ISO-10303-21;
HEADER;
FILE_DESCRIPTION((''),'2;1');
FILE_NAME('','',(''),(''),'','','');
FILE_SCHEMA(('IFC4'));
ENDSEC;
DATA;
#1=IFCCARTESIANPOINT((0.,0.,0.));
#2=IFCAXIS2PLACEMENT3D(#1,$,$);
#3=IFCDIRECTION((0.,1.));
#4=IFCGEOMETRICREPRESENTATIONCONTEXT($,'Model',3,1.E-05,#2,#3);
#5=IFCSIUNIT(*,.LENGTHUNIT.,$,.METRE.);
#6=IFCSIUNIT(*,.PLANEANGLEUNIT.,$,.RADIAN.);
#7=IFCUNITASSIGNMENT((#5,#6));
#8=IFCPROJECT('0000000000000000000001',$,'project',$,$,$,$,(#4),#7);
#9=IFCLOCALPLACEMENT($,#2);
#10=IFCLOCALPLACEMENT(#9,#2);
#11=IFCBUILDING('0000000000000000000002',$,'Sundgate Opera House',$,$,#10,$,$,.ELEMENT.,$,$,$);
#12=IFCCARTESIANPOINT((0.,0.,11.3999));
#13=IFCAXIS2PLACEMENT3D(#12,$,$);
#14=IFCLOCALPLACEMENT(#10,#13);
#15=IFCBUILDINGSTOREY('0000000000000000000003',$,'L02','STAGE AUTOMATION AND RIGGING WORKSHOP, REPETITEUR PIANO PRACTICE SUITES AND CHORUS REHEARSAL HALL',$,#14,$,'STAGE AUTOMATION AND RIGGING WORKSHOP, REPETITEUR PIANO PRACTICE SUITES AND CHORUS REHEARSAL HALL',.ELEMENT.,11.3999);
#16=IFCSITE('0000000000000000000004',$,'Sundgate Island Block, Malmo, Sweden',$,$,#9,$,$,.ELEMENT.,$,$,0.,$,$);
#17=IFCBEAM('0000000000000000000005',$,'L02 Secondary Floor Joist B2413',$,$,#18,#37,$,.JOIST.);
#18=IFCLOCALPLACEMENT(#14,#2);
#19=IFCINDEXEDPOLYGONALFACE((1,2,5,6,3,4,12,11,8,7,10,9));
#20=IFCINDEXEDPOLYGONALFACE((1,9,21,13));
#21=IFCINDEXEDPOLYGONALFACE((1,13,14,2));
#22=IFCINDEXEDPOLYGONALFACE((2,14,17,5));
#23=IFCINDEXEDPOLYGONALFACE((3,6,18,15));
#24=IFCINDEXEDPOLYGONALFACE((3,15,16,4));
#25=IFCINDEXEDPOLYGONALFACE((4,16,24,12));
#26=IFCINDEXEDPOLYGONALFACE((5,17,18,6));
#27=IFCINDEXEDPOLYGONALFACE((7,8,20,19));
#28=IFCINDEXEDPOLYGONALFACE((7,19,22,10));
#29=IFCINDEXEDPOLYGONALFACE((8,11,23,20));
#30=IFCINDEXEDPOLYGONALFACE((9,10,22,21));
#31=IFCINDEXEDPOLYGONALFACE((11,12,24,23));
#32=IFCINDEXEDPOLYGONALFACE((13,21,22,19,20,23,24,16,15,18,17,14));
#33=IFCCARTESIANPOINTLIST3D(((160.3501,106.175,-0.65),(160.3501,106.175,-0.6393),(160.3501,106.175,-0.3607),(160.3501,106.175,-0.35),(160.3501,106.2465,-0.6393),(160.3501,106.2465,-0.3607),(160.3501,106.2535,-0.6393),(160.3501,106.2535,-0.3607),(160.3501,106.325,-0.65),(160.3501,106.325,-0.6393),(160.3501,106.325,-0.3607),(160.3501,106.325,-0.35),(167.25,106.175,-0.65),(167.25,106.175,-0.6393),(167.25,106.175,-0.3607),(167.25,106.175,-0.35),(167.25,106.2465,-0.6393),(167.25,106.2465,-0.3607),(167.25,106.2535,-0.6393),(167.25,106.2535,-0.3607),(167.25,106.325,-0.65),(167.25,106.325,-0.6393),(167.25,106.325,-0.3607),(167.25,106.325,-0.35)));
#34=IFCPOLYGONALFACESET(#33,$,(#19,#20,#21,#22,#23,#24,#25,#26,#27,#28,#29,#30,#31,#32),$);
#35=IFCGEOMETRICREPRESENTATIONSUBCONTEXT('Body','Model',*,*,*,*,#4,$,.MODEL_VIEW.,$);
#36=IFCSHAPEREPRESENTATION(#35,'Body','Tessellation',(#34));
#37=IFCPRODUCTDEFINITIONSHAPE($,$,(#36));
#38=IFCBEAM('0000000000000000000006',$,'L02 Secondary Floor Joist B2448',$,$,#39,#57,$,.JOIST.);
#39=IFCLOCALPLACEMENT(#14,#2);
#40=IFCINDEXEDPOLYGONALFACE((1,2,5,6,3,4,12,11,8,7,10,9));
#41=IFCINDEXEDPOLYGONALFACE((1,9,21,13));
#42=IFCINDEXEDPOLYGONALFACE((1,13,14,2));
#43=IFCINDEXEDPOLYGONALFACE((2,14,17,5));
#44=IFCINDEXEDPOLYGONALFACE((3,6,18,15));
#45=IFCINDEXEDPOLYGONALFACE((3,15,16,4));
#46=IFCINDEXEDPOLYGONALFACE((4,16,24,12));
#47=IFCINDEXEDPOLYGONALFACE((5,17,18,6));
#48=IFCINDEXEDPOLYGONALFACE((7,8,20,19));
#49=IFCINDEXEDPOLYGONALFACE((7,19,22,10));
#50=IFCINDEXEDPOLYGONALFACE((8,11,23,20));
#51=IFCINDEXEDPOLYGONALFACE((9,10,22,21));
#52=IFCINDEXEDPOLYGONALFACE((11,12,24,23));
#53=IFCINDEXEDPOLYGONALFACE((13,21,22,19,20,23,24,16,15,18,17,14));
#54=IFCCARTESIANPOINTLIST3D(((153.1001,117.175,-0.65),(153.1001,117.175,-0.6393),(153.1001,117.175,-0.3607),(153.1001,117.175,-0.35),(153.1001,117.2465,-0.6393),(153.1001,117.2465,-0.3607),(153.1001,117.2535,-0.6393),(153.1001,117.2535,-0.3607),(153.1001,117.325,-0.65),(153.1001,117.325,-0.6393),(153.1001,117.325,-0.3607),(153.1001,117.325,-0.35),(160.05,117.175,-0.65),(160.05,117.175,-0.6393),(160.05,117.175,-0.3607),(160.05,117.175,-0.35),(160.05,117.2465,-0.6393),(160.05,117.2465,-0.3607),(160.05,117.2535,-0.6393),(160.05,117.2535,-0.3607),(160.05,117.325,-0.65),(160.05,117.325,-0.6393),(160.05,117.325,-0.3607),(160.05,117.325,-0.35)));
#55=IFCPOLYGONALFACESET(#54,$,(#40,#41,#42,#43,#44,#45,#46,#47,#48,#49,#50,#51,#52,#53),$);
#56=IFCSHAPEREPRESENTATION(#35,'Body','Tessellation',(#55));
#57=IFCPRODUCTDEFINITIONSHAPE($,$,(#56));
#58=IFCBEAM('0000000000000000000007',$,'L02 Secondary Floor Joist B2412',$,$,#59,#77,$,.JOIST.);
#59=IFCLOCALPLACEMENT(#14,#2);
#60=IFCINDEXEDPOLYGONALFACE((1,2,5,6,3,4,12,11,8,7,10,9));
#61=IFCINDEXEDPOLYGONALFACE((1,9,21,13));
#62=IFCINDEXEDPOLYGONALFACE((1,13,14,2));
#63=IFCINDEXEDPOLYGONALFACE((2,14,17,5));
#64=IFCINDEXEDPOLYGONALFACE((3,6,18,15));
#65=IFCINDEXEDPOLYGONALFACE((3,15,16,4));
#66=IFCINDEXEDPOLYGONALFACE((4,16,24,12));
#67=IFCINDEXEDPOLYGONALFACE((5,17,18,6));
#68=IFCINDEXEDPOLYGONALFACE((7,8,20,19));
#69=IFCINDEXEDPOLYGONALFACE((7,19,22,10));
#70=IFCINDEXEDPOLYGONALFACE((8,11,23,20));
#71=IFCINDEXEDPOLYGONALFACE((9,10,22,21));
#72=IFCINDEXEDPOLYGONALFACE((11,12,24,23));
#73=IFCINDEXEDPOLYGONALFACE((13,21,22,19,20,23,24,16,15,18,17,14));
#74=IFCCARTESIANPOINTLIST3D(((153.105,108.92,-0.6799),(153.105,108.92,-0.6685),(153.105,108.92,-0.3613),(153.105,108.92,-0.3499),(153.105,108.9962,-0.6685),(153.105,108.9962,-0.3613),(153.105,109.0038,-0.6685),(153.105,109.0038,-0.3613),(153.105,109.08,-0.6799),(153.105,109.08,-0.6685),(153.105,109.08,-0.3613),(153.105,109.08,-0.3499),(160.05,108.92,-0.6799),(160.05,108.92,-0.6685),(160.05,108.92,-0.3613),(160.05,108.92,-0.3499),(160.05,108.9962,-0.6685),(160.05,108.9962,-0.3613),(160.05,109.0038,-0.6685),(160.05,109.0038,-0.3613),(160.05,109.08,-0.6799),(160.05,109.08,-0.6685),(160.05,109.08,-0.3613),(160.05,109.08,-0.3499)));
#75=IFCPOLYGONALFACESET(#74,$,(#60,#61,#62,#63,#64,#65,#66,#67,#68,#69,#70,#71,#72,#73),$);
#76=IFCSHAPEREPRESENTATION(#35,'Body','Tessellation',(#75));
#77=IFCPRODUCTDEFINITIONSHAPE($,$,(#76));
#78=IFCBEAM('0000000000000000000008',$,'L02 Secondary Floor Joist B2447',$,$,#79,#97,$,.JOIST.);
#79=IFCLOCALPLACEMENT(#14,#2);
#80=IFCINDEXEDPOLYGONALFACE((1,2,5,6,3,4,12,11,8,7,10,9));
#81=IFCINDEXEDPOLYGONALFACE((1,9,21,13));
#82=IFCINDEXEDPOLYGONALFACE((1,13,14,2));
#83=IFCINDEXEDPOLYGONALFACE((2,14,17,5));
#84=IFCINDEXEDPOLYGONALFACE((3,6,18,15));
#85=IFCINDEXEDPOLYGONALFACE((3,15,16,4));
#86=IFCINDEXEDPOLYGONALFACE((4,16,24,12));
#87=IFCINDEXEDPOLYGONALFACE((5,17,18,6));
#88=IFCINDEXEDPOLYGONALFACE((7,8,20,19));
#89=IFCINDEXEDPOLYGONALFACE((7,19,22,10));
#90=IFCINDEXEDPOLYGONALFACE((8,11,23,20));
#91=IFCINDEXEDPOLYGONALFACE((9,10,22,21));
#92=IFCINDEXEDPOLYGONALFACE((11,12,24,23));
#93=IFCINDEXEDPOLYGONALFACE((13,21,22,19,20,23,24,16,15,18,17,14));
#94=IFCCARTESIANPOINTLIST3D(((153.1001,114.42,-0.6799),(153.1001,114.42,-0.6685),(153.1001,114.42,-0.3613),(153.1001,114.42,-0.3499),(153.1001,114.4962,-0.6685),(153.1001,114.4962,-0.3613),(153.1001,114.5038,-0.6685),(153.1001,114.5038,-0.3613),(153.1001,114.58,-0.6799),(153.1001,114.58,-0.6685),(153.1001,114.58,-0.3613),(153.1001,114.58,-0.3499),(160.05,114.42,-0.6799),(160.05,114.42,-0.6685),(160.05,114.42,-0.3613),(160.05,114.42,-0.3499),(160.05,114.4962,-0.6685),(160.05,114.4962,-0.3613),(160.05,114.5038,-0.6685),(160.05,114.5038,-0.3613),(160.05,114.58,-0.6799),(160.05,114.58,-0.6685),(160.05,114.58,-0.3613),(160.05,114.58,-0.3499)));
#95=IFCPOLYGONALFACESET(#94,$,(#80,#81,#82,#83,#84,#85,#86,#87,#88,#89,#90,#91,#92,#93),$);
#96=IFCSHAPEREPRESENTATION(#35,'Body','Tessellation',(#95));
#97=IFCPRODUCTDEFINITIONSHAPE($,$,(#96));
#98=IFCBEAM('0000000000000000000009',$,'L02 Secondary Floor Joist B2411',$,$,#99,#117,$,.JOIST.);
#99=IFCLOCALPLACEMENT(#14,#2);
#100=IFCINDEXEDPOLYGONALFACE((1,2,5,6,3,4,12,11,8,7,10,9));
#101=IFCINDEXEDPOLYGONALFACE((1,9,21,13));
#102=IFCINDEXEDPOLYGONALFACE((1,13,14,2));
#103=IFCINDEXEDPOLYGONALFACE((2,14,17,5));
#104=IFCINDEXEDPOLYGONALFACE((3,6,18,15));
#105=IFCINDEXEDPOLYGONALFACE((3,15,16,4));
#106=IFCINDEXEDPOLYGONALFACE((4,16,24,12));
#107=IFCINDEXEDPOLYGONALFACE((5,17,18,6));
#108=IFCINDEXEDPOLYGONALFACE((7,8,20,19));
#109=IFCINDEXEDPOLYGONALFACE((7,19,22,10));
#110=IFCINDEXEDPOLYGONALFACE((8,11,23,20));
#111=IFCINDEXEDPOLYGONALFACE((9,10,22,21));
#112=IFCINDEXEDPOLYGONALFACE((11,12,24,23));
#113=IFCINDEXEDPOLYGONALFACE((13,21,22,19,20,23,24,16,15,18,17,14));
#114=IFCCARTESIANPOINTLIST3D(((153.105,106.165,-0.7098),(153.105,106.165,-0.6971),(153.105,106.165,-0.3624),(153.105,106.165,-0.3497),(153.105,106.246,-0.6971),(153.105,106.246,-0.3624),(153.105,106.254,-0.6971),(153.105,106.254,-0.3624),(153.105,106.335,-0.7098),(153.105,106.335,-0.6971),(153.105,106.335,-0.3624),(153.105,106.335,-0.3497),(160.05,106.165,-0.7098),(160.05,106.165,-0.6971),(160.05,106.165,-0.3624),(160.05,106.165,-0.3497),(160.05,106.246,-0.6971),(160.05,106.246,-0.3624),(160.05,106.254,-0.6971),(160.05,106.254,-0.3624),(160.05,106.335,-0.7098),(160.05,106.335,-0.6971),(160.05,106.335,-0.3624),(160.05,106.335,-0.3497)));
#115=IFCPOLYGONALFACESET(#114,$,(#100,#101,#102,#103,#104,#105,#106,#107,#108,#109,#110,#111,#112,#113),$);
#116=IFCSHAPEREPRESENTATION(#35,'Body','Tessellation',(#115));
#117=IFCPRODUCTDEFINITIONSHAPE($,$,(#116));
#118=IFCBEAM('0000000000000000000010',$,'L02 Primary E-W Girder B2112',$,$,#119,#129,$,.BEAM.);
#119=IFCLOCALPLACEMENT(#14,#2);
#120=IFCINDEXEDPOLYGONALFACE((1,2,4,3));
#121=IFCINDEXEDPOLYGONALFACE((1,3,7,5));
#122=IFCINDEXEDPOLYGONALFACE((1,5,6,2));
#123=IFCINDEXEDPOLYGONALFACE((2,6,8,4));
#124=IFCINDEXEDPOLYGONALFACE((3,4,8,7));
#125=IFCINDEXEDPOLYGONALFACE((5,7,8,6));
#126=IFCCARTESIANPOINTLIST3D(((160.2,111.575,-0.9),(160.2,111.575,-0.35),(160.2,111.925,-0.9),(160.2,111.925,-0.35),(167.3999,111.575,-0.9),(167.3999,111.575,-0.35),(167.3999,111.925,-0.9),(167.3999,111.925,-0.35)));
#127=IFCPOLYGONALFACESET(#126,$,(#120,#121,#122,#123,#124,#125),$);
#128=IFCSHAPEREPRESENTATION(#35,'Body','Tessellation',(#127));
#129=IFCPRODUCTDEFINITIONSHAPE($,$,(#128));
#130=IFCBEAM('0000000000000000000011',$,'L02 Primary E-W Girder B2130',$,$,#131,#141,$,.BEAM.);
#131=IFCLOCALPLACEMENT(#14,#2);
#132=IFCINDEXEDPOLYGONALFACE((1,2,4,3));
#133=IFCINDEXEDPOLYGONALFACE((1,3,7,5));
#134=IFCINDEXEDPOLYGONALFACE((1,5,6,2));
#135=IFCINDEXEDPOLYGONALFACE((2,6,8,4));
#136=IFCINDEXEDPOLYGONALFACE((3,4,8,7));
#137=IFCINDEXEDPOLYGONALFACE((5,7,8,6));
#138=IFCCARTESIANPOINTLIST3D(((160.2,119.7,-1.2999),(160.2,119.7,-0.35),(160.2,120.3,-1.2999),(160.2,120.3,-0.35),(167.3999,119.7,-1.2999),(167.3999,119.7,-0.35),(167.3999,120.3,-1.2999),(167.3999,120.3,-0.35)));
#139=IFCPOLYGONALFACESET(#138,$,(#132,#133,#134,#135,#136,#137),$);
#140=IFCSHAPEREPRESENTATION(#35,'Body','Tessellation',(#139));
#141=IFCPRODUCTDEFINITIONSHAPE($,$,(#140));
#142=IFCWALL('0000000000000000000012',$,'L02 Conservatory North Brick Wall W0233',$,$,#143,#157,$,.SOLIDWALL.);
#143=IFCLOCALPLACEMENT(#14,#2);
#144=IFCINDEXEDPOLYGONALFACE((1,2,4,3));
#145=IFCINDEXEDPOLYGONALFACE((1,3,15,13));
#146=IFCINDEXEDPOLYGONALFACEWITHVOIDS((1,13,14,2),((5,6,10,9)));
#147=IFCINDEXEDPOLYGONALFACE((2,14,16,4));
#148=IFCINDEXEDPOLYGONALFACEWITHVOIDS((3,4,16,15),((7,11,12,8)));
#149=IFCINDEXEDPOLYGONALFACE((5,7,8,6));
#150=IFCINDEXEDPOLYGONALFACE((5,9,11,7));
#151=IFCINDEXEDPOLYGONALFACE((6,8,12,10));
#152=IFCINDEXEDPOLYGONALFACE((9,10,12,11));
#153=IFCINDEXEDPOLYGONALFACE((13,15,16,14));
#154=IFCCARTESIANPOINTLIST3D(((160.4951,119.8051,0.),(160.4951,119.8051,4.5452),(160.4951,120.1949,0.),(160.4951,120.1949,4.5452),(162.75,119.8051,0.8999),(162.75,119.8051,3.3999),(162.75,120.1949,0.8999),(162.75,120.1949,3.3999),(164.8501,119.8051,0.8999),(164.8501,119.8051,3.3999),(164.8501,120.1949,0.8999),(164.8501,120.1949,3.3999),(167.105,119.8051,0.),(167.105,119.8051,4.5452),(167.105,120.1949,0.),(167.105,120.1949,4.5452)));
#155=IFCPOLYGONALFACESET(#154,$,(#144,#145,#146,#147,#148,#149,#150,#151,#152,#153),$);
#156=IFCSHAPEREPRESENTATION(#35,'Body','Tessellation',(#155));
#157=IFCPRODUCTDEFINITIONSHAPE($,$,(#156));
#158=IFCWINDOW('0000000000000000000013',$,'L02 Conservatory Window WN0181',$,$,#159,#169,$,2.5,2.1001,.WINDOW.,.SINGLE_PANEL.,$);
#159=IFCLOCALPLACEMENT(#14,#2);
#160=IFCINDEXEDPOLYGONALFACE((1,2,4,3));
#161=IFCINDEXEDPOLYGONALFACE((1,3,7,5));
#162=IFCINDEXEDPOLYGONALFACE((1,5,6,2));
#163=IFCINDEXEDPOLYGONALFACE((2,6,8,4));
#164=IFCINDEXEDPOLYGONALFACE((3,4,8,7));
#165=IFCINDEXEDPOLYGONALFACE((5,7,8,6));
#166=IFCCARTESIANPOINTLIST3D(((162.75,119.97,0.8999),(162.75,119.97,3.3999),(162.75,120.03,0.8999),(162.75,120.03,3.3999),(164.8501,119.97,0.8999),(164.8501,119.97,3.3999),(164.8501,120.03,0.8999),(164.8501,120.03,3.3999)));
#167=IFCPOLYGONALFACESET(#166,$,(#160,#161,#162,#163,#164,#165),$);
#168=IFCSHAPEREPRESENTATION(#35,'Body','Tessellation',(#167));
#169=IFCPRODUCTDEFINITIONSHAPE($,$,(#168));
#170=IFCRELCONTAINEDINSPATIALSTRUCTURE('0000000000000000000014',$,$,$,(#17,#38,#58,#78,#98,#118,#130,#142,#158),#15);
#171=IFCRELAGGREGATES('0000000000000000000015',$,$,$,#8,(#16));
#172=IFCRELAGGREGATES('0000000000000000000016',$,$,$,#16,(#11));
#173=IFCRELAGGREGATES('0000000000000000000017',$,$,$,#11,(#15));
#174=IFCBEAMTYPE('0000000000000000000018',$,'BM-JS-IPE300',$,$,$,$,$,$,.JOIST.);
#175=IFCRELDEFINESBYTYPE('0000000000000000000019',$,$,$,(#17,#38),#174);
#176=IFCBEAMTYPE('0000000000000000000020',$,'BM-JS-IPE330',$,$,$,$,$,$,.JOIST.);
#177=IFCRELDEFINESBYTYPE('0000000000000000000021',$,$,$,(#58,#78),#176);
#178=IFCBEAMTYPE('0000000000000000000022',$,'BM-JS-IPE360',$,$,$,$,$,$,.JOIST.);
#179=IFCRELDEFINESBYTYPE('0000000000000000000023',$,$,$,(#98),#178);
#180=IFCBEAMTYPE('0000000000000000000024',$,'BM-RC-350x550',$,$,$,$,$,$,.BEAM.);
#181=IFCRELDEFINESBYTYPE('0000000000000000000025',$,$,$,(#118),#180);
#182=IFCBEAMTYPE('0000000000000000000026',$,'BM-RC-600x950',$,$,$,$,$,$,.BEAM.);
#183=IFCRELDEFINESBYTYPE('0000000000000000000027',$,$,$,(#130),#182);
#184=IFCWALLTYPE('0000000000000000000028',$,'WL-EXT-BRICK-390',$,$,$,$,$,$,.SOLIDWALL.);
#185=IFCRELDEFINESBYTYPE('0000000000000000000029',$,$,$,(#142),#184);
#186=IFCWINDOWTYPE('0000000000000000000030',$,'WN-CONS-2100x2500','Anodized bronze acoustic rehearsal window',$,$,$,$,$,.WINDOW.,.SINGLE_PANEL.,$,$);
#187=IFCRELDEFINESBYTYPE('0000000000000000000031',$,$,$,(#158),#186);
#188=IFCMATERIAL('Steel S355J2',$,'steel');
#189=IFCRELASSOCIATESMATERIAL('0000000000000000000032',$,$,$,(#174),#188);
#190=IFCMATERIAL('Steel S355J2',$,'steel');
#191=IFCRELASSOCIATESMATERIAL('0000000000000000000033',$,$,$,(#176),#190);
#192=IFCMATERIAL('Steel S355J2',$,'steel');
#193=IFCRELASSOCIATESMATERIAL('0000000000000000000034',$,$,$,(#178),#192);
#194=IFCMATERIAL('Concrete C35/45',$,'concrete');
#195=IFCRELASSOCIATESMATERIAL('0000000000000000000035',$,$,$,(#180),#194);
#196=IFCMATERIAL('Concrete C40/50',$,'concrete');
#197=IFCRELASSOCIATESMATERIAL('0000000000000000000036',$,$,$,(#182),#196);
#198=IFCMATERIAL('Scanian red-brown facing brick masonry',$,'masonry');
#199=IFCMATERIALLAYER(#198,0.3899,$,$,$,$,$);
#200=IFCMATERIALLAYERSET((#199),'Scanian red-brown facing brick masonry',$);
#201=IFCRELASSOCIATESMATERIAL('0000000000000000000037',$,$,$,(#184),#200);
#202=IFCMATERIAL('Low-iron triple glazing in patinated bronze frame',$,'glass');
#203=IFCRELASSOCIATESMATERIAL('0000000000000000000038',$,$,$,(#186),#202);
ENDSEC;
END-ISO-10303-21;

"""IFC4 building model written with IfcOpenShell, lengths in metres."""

from ifc_helpers import new_model, si_unit, direction, frame, frame_2d, origin, origin_2d, place, context, subcontext, project, spatial, rectangle, i_section, extrude, material, layer, layer_set, material_profile, profile_set, type_object, element, fill, save


model = new_model("IFC4")

# Units and contexts
model_context = context("Model", 3, precision=1e-05, world=origin(), true_north=direction((0.0, 1.0)))
body_context = subcontext(model_context, "Body", "Model", "MODEL_VIEW")
ifc_project = project(units=[si_unit("LENGTHUNIT", "METRE"), si_unit("PLANEANGLEUNIT", "RADIAN")], contexts=[model_context])

# Site, building, storey
site_placement = place(None, origin())
site = spatial("IfcSite", under=ifc_project, at=site_placement, Name="Sundgate Island Block, Malmo, Sweden", CompositionType="ELEMENT", RefElevation=0.0)
building_placement = place(site_placement, origin())
building = spatial("IfcBuilding", under=site, at=building_placement, Name="Sundgate Opera House", CompositionType="ELEMENT")
storey_placement = place(building_placement, frame((0.0, 0.0, 11.3999)))
storey = spatial("IfcBuildingStorey", under=building, at=storey_placement, Name="L02", Description="STAGE AUTOMATION AND RIGGING WORKSHOP, REPETITEUR PIANO PRACTICE SUITES AND CHORUS REHEARSAL HALL", LongName="STAGE AUTOMATION AND RIGGING WORKSHOP, REPETITEUR PIANO PRACTICE SUITES AND CHORUS REHEARSAL HALL", CompositionType="ELEMENT", Elevation=11.3999)

# Beams
ifc_material_1 = material(Name="Steel S355J2", Category="steel")
ifc_material_profile_1 = material_profile(ifc_material_1, i_section(OverallWidth=0.1499, OverallDepth=0.3, WebThickness=0.0071, FlangeThickness=0.0107, at=origin_2d()), Name="IPE 300")
ifc_profile_set_1 = profile_set([ifc_material_profile_1], Name="Steel S355J2")
beam_type_1 = type_object("IfcBeamType", Name="BM-JS-IPE300", PredefinedType="JOIST", material=ifc_profile_set_1)
beam_1_placement = place(storey_placement, frame((160.3501, 106.25, -0.5), z_axis=(1.0, 0.0, 0.0), x_axis=(0.0, 1.0, 0.0)))
element("IfcBeam", 1, at=beam_1_placement, inside=storey, type_object=beam_type_1, Name="L02 Secondary Floor Joist B2413", PredefinedType="JOIST", context=body_context, shape_type="SweptSolid", body=[
    extrude(i_section(OverallWidth=0.1499, OverallDepth=0.3, WebThickness=0.0071, FlangeThickness=0.0107, at=origin_2d()), origin(), (0.0, 0.0, 1.0), 6.8999),
])
beam_2_placement = place(storey_placement, frame((153.1001, 117.25, -0.5), z_axis=(1.0, 0.0, 0.0), x_axis=(0.0, 1.0, 0.0)))
element("IfcBeam", 2, at=beam_2_placement, inside=storey, type_object=beam_type_1, Name="L02 Secondary Floor Joist B2448", PredefinedType="JOIST", context=body_context, shape_type="SweptSolid", body=[
    extrude(i_section(OverallWidth=0.1499, OverallDepth=0.3, WebThickness=0.0071, FlangeThickness=0.0107, at=origin_2d()), origin(), (0.0, 0.0, 1.0), 6.95),
])
ifc_material_2 = material(Name="Steel S355J2", Category="steel")
ifc_material_profile_2 = material_profile(ifc_material_2, i_section(OverallWidth=0.1599, OverallDepth=0.3301, WebThickness=0.0076, FlangeThickness=0.0115, at=origin_2d()), Name="IPE 330")
ifc_profile_set_2 = profile_set([ifc_material_profile_2], Name="Steel S355J2")
beam_type_2 = type_object("IfcBeamType", Name="BM-JS-IPE330", PredefinedType="JOIST", material=ifc_profile_set_2)
beam_3_placement = place(storey_placement, frame((153.105, 109.0, -0.5149), z_axis=(1.0, 0.0, 0.0), x_axis=(0.0, 1.0, 0.0)))
element("IfcBeam", 3, at=beam_3_placement, inside=storey, type_object=beam_type_2, Name="L02 Secondary Floor Joist B2412", PredefinedType="JOIST", context=body_context, shape_type="SweptSolid", body=[
    extrude(i_section(OverallWidth=0.1599, OverallDepth=0.3301, WebThickness=0.0076, FlangeThickness=0.0115, at=origin_2d()), origin(), (0.0, 0.0, 1.0), 6.9451),
])
beam_4_placement = place(storey_placement, frame((153.1001, 114.5, -0.5149), z_axis=(1.0, 0.0, 0.0), x_axis=(0.0, 1.0, 0.0)))
element("IfcBeam", 4, at=beam_4_placement, inside=storey, type_object=beam_type_2, Name="L02 Secondary Floor Joist B2447", PredefinedType="JOIST", context=body_context, shape_type="SweptSolid", body=[
    extrude(i_section(OverallWidth=0.1599, OverallDepth=0.3301, WebThickness=0.0076, FlangeThickness=0.0115, at=origin_2d()), origin(), (0.0, 0.0, 1.0), 6.95),
])
ifc_material_3 = material(Name="Steel S355J2", Category="steel")
ifc_material_profile_3 = material_profile(ifc_material_3, i_section(OverallWidth=0.1699, OverallDepth=0.3601, WebThickness=0.0081, FlangeThickness=0.0127, at=origin_2d()), Name="IPE 360")
ifc_profile_set_3 = profile_set([ifc_material_profile_3], Name="Steel S355J2")
beam_type_3 = type_object("IfcBeamType", Name="BM-JS-IPE360", PredefinedType="JOIST", material=ifc_profile_set_3)
beam_5_placement = place(storey_placement, frame((153.105, 106.25, -0.5298), z_axis=(1.0, 0.0, 0.0), x_axis=(0.0, 1.0, 0.0)))
element("IfcBeam", 5, at=beam_5_placement, inside=storey, type_object=beam_type_3, Name="L02 Secondary Floor Joist B2411", PredefinedType="JOIST", context=body_context, shape_type="SweptSolid", body=[
    extrude(i_section(OverallWidth=0.1699, OverallDepth=0.3601, WebThickness=0.0081, FlangeThickness=0.0127, at=origin_2d()), origin(), (0.0, 0.0, 1.0), 6.9451),
])
ifc_material_4 = material(Name="Concrete C35/45", Category="concrete")
ifc_material_profile_4 = material_profile(ifc_material_4, rectangle(XDim=0.3501, YDim=0.55, at=origin_2d()), Name="RC 350x550")
ifc_profile_set_4 = profile_set([ifc_material_profile_4], Name="Concrete C35/45")
beam_type_4 = type_object("IfcBeamType", Name="BM-RC-350x550", PredefinedType="BEAM", material=ifc_profile_set_4)
beam_6_placement = place(storey_placement, frame((160.2, 111.75, -0.625), z_axis=(1.0, 0.0, 0.0), x_axis=(0.0, 1.0, 0.0)))
element("IfcBeam", 6, at=beam_6_placement, inside=storey, type_object=beam_type_4, Name="L02 Primary E-W Girder B2112", PredefinedType="BEAM", context=body_context, shape_type="SweptSolid", body=[
    extrude(rectangle(XDim=0.3501, YDim=0.55, at=origin_2d()), origin(), (0.0, 0.0, 1.0), 7.2),
])
ifc_material_5 = material(Name="Concrete C40/50", Category="concrete")
ifc_material_profile_5 = material_profile(ifc_material_5, rectangle(XDim=0.6001, YDim=0.95, at=origin_2d()), Name="RC 600x950")
ifc_profile_set_5 = profile_set([ifc_material_profile_5], Name="Concrete C40/50")
beam_type_5 = type_object("IfcBeamType", Name="BM-RC-600x950", PredefinedType="BEAM", material=ifc_profile_set_5)
beam_7_placement = place(storey_placement, frame((160.2, 120.0, -0.825), z_axis=(1.0, 0.0, 0.0), x_axis=(0.0, 1.0, 0.0)))
element("IfcBeam", 7, at=beam_7_placement, inside=storey, type_object=beam_type_5, Name="L02 Primary E-W Girder B2130", PredefinedType="BEAM", context=body_context, shape_type="SweptSolid", body=[
    extrude(rectangle(XDim=0.6001, YDim=0.95, at=origin_2d()), origin(), (0.0, 0.0, 1.0), 7.2),
])

# Wall, opening, window
ifc_material_6 = material(Name="Scanian red-brown facing brick masonry", Category="masonry")
ifc_layer = layer(ifc_material_6, 0.3899)
ifc_layer_set = layer_set([ifc_layer], Name="Scanian red-brown facing brick masonry")
wall_type = type_object("IfcWallType", Name="WL-EXT-BRICK-390", PredefinedType="SOLIDWALL", material=ifc_layer_set)
wall_1_placement = place(storey_placement, frame((160.4951, 120.0, 0.0), z_axis=(0.0, 0.0, 1.0), x_axis=(1.0, 0.0, 0.0)))
wall_1 = element("IfcWall", 8, at=wall_1_placement, inside=storey, type_object=wall_type, Name="L02 Conservatory North Brick Wall W0233", PredefinedType="SOLIDWALL", context=body_context, shape_type="SweptSolid", body=[
    extrude(rectangle(XDim=6.6099, YDim=0.3899, at=frame_2d((3.3049, 0.0))), origin(), (0.0, 0.0, 1.0), 4.5452),
])
opening_1_placement = place(wall_1_placement, frame((2.2549, 0.0, 0.8999)))
opening_1 = element("IfcOpeningElement", 9, at=opening_1_placement, cuts=wall_1, PredefinedType="OPENING", context=body_context, shape_type="SweptSolid", body=[
    extrude(rectangle(XDim=2.1001, YDim=2.5, at=frame_2d((1.05, 1.25))), frame((0.0, 0.2048, 0.0), z_axis=(0.0, -1.0, 0.0), x_axis=(1.0, 0.0, 0.0)), (0.0, 0.0, 1.0), 0.4099),
])
ifc_material_7 = material(Name="Low-iron triple glazing in patinated bronze frame", Category="glass")
window_type_1 = type_object("IfcWindowType", Name="WN-CONS-2100x2500", Description="Anodized bronze acoustic rehearsal window", PartitioningType="SINGLE_PANEL", PredefinedType="WINDOW", material=ifc_material_7)
window_1_placement = place(opening_1_placement, origin())
window_1 = element("IfcWindow", 10, at=window_1_placement, inside=storey, type_object=window_type_1, Name="L02 Conservatory Window WN0181", OverallHeight=2.5, OverallWidth=2.1001, PartitioningType="SINGLE_PANEL", PredefinedType="WINDOW", context=body_context, shape_type="SweptSolid", body=[
    extrude(rectangle(XDim=2.1001, YDim=2.5, at=frame_2d((1.05, 1.25))), frame((0.0, 0.03, 0.0), z_axis=(0.0, -1.0, 0.0), x_axis=(1.0, 0.0, 0.0)), (0.0, 0.0, 1.0), 0.0601),
])
fill(opening_1, window_1)

save(model, "model.ifc")
